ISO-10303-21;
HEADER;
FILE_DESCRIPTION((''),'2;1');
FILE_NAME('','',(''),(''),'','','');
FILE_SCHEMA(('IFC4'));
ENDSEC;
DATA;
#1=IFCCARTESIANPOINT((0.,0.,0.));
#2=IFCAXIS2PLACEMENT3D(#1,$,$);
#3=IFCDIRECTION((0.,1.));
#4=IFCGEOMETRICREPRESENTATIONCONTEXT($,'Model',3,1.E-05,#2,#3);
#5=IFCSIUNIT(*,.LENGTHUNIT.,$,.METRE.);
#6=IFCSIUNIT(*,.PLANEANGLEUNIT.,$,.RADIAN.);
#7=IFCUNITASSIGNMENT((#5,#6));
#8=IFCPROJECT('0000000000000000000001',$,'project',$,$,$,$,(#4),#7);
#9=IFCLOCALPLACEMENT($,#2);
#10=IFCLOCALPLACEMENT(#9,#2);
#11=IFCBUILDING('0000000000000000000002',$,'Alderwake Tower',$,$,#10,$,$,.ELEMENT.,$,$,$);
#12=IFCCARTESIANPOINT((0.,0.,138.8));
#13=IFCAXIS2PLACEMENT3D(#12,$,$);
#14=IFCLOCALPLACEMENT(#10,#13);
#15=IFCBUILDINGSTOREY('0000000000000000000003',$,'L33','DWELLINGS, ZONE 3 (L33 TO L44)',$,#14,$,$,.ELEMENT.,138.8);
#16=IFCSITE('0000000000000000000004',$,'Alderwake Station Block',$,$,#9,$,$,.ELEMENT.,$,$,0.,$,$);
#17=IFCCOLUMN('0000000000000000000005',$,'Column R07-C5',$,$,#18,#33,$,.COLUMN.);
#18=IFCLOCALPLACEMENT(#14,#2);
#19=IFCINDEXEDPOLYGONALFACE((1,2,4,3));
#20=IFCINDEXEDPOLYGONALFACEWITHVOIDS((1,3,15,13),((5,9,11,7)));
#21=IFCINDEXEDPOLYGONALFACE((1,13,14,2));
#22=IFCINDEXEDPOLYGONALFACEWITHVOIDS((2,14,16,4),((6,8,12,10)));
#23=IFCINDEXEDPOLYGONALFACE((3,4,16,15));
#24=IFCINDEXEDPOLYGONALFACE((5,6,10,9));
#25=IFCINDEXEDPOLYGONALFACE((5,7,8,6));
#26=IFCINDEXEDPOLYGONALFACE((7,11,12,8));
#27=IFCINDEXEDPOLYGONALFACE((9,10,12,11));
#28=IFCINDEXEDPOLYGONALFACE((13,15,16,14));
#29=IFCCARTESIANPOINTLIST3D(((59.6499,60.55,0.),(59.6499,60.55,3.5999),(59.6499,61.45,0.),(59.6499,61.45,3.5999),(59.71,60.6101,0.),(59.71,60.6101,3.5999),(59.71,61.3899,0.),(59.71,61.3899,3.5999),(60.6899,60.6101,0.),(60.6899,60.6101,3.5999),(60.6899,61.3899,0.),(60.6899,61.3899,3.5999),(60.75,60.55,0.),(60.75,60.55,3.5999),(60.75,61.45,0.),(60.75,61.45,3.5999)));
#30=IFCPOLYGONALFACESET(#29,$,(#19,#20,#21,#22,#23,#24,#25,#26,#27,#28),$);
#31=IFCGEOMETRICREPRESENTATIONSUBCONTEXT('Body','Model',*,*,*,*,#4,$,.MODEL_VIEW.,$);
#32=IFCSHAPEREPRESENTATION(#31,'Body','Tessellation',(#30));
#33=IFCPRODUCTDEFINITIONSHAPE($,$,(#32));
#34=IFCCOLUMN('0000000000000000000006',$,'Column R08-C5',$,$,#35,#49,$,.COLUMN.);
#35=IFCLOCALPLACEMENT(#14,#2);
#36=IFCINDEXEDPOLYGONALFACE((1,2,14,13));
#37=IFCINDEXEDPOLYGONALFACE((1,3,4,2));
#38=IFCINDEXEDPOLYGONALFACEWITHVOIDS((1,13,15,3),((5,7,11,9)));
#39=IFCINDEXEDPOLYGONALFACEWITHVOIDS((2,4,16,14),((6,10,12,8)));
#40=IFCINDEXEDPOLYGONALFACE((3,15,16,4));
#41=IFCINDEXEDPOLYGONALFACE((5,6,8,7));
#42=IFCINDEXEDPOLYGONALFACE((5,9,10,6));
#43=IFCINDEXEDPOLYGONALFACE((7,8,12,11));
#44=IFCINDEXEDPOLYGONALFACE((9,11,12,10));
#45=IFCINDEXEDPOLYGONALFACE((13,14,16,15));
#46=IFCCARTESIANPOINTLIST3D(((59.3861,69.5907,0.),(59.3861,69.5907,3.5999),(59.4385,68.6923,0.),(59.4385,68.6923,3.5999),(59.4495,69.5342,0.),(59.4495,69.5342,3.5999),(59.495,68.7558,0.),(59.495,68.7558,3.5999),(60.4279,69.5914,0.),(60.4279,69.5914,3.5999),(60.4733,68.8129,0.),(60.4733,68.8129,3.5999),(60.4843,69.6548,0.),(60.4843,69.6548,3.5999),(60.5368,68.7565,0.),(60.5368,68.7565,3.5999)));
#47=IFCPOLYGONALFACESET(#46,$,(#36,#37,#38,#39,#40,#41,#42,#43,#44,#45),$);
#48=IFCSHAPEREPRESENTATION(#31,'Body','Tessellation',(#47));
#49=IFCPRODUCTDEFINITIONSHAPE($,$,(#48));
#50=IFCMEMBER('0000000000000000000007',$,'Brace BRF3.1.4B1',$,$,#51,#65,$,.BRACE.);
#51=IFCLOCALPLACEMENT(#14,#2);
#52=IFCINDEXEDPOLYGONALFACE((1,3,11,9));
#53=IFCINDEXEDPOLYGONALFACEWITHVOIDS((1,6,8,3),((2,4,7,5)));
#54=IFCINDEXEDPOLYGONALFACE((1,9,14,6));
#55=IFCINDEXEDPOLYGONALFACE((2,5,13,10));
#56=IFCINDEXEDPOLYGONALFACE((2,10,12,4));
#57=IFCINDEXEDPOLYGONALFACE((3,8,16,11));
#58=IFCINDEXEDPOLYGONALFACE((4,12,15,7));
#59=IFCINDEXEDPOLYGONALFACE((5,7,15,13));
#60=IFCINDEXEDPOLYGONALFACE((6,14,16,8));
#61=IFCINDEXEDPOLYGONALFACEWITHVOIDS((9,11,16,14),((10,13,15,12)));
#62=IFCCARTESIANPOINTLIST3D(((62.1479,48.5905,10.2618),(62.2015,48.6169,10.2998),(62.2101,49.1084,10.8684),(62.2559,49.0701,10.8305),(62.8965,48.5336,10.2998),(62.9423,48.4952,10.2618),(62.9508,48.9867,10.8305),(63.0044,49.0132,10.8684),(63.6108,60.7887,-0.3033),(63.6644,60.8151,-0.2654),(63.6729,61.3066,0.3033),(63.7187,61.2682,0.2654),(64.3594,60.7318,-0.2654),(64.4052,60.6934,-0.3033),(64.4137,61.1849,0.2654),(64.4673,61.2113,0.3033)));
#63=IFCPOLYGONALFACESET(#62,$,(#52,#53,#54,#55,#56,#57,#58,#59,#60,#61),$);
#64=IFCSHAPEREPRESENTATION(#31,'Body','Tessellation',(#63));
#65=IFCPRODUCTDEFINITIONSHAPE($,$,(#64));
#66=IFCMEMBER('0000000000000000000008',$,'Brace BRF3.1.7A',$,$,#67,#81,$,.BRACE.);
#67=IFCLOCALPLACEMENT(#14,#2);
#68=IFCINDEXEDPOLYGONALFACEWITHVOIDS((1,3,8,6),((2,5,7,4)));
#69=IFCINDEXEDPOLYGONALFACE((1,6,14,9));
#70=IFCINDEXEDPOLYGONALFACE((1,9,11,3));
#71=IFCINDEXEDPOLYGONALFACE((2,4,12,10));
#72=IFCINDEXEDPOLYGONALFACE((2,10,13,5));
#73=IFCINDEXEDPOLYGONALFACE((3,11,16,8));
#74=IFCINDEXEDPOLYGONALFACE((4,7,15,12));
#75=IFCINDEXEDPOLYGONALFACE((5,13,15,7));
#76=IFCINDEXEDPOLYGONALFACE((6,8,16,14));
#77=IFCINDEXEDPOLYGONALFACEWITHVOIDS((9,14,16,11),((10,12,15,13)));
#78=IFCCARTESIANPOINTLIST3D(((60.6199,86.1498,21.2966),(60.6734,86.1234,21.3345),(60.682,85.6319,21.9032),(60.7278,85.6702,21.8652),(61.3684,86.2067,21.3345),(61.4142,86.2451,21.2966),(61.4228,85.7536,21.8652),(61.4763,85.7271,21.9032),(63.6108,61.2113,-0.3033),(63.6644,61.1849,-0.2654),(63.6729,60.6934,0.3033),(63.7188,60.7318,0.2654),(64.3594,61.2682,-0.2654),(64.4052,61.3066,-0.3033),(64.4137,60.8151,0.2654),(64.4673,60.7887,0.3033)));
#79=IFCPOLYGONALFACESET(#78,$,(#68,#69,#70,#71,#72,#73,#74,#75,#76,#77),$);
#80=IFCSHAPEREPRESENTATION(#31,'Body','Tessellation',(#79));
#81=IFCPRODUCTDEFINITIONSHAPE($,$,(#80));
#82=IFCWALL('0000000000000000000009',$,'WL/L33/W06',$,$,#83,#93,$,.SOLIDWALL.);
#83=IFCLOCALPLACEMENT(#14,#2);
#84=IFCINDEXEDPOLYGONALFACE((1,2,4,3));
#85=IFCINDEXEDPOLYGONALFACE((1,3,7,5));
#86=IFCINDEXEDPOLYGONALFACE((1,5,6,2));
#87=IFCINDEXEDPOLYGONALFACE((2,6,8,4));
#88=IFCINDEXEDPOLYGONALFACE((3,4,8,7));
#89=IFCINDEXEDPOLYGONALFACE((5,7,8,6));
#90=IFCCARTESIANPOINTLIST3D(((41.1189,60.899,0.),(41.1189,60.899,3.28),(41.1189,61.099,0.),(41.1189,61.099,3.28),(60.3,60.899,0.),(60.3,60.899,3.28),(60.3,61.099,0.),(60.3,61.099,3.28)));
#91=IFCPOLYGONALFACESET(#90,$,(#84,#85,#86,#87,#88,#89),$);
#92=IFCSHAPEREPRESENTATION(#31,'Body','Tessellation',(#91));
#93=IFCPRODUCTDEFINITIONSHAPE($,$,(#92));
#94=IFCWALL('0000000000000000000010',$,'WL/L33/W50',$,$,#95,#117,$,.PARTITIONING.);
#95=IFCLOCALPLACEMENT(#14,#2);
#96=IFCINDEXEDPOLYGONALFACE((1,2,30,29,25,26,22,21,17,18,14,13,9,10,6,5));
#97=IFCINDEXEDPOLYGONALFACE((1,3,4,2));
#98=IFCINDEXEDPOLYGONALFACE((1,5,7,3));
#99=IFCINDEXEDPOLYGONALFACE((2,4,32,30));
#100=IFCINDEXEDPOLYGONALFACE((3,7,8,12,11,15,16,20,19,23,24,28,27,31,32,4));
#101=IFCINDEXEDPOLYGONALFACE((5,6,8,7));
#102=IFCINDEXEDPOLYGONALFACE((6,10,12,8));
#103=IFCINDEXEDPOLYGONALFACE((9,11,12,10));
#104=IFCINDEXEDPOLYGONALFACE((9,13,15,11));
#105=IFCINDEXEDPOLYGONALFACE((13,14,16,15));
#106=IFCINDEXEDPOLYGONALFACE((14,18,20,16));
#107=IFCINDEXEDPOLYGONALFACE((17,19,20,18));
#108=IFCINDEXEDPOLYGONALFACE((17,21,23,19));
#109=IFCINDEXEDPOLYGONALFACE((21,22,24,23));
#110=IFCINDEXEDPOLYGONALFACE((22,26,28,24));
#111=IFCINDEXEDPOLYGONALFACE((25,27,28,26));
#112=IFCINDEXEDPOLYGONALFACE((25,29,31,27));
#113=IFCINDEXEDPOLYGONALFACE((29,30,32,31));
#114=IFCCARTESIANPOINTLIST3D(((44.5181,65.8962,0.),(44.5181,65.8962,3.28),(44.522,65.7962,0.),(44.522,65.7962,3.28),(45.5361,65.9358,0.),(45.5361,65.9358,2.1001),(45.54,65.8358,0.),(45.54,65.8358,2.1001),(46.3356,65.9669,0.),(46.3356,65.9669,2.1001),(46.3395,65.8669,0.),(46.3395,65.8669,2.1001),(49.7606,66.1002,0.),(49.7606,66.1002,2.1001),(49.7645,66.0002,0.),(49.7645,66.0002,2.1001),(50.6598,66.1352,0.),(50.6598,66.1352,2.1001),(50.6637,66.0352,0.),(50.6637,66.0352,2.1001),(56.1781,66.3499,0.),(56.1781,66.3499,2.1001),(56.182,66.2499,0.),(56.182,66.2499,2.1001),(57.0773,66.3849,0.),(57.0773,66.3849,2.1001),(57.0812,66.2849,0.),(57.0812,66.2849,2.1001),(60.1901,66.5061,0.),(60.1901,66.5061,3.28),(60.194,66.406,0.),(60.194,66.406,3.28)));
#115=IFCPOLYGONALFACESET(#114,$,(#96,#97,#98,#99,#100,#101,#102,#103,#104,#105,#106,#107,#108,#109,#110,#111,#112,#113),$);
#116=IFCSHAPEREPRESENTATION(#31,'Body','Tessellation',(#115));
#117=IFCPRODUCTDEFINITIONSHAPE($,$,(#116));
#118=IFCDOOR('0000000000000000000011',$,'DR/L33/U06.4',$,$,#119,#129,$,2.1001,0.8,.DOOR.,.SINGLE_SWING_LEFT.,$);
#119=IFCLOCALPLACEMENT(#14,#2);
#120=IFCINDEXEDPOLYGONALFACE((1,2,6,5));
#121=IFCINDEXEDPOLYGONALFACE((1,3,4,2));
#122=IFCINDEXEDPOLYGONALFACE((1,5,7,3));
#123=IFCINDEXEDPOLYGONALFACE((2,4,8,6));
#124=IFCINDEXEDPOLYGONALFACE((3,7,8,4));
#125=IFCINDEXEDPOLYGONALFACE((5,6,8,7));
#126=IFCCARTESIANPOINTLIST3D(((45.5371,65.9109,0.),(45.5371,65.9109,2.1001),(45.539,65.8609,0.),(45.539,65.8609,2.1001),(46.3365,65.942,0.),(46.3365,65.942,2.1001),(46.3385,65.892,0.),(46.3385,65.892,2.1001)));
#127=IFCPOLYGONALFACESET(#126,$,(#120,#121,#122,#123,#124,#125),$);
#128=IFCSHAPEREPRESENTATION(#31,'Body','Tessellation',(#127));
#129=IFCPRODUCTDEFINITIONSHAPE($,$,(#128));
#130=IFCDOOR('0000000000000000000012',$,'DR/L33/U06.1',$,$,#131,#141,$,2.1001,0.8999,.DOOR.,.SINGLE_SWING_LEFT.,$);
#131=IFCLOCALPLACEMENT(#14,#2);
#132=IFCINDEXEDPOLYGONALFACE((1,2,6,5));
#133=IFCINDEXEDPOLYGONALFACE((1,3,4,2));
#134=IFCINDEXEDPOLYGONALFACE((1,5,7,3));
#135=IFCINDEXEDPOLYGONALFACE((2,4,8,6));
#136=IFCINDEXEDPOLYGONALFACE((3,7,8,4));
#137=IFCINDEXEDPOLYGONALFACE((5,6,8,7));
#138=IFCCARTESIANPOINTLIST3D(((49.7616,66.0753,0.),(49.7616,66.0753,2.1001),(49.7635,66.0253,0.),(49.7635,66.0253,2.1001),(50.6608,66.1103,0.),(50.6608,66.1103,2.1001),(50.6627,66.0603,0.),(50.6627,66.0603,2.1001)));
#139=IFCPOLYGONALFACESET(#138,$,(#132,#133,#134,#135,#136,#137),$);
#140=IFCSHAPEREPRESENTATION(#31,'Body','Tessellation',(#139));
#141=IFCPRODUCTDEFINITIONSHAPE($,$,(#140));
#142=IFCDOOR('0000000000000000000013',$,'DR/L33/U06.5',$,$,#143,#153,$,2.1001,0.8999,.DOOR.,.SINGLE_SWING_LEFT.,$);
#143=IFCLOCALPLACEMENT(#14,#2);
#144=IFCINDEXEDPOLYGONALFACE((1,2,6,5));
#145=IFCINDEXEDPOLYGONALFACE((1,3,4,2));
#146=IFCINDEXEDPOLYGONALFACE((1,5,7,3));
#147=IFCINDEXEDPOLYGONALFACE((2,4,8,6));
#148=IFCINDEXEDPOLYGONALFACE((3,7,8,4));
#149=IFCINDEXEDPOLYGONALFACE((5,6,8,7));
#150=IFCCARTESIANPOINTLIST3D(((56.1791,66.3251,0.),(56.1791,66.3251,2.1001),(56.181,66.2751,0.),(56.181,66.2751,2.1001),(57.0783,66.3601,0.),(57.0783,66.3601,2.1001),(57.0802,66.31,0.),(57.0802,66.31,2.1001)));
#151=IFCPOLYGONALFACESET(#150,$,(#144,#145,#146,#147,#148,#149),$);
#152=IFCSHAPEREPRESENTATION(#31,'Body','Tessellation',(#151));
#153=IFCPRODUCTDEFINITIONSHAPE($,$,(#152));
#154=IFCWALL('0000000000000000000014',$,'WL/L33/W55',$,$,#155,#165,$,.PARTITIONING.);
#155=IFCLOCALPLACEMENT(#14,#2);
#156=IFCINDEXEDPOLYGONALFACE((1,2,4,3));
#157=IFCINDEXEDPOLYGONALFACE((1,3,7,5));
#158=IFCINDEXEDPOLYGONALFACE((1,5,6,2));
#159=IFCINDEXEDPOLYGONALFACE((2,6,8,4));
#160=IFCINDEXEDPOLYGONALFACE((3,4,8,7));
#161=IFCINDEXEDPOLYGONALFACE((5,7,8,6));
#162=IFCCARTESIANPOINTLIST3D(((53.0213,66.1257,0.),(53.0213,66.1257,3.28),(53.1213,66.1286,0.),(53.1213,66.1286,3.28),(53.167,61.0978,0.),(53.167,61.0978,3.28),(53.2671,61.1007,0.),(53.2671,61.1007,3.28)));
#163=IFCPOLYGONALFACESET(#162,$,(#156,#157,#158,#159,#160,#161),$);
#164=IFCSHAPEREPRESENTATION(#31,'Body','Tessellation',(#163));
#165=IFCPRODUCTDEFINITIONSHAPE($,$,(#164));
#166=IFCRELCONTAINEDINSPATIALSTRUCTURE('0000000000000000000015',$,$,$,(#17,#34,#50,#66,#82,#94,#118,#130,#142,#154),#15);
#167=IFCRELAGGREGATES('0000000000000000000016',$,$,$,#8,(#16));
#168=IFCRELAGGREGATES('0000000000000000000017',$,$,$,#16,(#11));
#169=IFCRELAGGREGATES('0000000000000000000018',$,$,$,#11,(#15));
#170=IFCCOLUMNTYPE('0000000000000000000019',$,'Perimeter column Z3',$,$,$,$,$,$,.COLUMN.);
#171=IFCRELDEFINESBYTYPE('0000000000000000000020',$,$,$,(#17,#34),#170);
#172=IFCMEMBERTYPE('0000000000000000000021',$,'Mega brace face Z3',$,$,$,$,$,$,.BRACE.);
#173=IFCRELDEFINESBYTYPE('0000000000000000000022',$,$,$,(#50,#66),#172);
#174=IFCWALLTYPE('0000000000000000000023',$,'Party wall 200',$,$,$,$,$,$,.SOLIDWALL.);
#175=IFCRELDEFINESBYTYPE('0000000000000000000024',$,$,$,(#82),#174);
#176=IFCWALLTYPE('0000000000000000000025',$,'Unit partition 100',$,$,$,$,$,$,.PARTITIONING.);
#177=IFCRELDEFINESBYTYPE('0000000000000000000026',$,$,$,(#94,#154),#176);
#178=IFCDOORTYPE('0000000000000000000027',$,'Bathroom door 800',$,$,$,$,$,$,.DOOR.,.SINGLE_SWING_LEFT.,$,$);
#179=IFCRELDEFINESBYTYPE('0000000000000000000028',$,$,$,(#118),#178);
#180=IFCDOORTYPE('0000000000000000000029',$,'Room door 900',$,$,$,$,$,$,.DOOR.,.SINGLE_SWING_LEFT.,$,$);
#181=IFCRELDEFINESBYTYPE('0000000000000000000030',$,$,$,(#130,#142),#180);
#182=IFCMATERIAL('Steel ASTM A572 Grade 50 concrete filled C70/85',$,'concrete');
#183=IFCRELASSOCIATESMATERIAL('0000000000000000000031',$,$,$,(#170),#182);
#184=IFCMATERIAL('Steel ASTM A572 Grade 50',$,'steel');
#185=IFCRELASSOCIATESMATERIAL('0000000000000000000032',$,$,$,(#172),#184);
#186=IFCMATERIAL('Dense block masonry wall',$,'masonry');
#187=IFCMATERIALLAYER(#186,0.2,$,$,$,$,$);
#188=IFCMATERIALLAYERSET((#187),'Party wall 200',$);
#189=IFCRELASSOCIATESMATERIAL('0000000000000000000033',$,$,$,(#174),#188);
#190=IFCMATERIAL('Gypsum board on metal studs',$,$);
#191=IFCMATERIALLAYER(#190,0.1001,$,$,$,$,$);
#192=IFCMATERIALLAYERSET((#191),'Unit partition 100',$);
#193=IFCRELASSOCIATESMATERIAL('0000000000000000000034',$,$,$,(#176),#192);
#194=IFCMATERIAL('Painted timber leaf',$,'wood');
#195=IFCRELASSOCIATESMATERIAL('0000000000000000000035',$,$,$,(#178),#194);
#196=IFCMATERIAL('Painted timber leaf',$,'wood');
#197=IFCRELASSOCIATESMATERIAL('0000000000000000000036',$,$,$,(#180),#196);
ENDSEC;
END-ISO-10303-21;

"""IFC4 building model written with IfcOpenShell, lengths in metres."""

from ifc_helpers import new_model, si_unit, direction, frame, frame_2d, origin, origin_2d, place, context, subcontext, project, spatial, rectangle, hollow_rectangle, extrude, material, layer, layer_set, material_profile, profile_set, type_object, element, fill, save


model = new_model("IFC4")

# Units and contexts
model_context = context("Model", 3, precision=1e-05, world=origin(), true_north=direction((0.0, 1.0)))
body_context = subcontext(model_context, "Body", "Model", "MODEL_VIEW")
ifc_project = project(units=[si_unit("LENGTHUNIT", "METRE"), si_unit("PLANEANGLEUNIT", "RADIAN")], contexts=[model_context])

# Site, building, storey
site_placement = place(None, origin())
site = spatial("IfcSite", under=ifc_project, at=site_placement, Name="Alderwake Station Block", CompositionType="ELEMENT", RefElevation=0.0)
building_placement = place(site_placement, origin())
building = spatial("IfcBuilding", under=site, at=building_placement, Name="Alderwake Tower", CompositionType="ELEMENT")
storey_placement = place(building_placement, frame((0.0, 0.0, 138.8)))
storey = spatial("IfcBuildingStorey", under=building, at=storey_placement, Name="L33", Description="DWELLINGS, ZONE 3 (L33 TO L44)", CompositionType="ELEMENT", Elevation=138.8)

# Columns
ifc_material_1 = material(Name="Steel ASTM A572 Grade 50 concrete filled C70/85", Category="concrete")
ifc_material_profile_1 = material_profile(ifc_material_1, hollow_rectangle(XDim=0.8999, YDim=1.1001, WallThickness=0.0601, at=origin_2d()), Name="BOX 1100X900X60")
ifc_profile_set_1 = profile_set([ifc_material_profile_1], Name="Steel ASTM A572 Grade 50 concrete filled C70/85")
column_type = type_object("IfcColumnType", Name="Perimeter column Z3", PredefinedType="COLUMN", material=ifc_profile_set_1)
for number, where, z_axis, x_axis, name in (
    (1, (60.2, 61.0, 0.0), (0.0, 0.0, 1.0), (0.0, 1.0, 0.0), "Column R07-C5"),
    (2, (59.9614, 69.1736, 0.0), (0.0, 0.0, 1.0), (-0.058301, 0.998299, 0.0), "Column R08-C5"),
):
    element("IfcColumn", number, at=place(storey_placement, frame(where, z_axis=z_axis, x_axis=x_axis)), inside=storey, type_object=column_type, Name=name, PredefinedType="COLUMN", context=body_context, shape_type="SweptSolid", body=[
        extrude(hollow_rectangle(XDim=0.8999, YDim=1.1001, WallThickness=0.0601, at=origin_2d()), origin(), (0.0, 0.0, 1.0), 3.5999),
    ])

# Members
ifc_material_2 = material(Name="Steel ASTM A572 Grade 50", Category="steel")
ifc_material_profile_2 = material_profile(ifc_material_2, hollow_rectangle(XDim=0.8, YDim=0.8, WallThickness=0.05, at=origin_2d()), Name="BOX 800X800X50")
ifc_profile_set_2 = profile_set([ifc_material_profile_2], Name="Steel ASTM A572 Grade 50")
member_type = type_object("IfcMemberType", Name="Mega brace face Z3", PredefinedType="BRACE", material=ifc_profile_set_2)
member_1_placement = place(storey_placement, frame((64.0391, 61.0, 0.0), z_axis=(-0.090281, -0.752805, 0.652023), x_axis=(0.992885, -0.119073, 0.0)))
element("IfcMember", 3, at=member_1_placement, inside=storey, type_object=member_type, Name="Brace BRF3.1.4B1", PredefinedType="BRACE", context=body_context, shape_type="SweptSolid", body=[
    extrude(hollow_rectangle(XDim=0.8, YDim=0.8, WallThickness=0.05, at=origin_2d()), origin(), (0.0, 0.0, 1.0), 16.2036),
])
member_2_placement = place(storey_placement, frame((64.0391, 61.0, 0.0), z_axis=(-0.090287, 0.752804, 0.652023), x_axis=(-0.992885, -0.11908, 0.0)))
element("IfcMember", 4, at=member_2_placement, inside=storey, type_object=member_type, Name="Brace BRF3.1.7A", PredefinedType="BRACE", context=body_context, shape_type="SweptSolid", body=[
    extrude(hollow_rectangle(XDim=0.8, YDim=0.8, WallThickness=0.05, at=origin_2d()), origin(), (0.0, 0.0, 1.0), 33.1274),
])

# Wall
ifc_material_3 = material(Name="Dense block masonry wall", Category="masonry")
ifc_layer_1 = layer(ifc_material_3, 0.2)
ifc_layer_set_1 = layer_set([ifc_layer_1], Name="Party wall 200")
wall_type_1 = type_object("IfcWallType", Name="Party wall 200", PredefinedType="SOLIDWALL", material=ifc_layer_set_1)
wall_1_placement = place(storey_placement, frame((60.3, 60.999, 0.0), z_axis=(0.0, 0.0, 1.0), x_axis=(-1.0, 0.0, 0.0)))
element("IfcWall", 5, at=wall_1_placement, inside=storey, type_object=wall_type_1, Name="WL/L33/W06", PredefinedType="SOLIDWALL", context=body_context, shape_type="SweptSolid", body=[
    extrude(rectangle(XDim=19.1812, YDim=0.2, at=frame_2d((9.5906, 0.0))), origin(), (0.0, 0.0, 1.0), 3.28),
])

# Wall, openings, doors
ifc_material_4 = material(Name="Gypsum board on metal studs")
ifc_layer_2 = layer(ifc_material_4, 0.1001)
ifc_layer_set_2 = layer_set([ifc_layer_2], Name="Unit partition 100")
wall_type_2 = type_object("IfcWallType", Name="Unit partition 100", PredefinedType="PARTITIONING", material=ifc_layer_set_2)
wall_2_placement = place(storey_placement, frame((60.1919, 66.4561, 0.0), z_axis=(0.0, 0.0, 1.0), x_axis=(-0.999244, -0.038885, 0.0)))
wall_2 = element("IfcWall", 6, at=wall_2_placement, inside=storey, type_object=wall_type_2, Name="WL/L33/W50", PredefinedType="PARTITIONING", context=body_context, shape_type="SweptSolid", body=[
    extrude(rectangle(XDim=15.6838, YDim=0.1001, at=frame_2d((7.8418, 0.0))), origin(), (0.0, 0.0, 1.0), 3.28),
])
opening_1_placement = place(wall_2_placement, frame((9.5374, 0.0, 0.0)))
opening_1 = element("IfcOpeningElement", 7, at=opening_1_placement, cuts=wall_2, PredefinedType="OPENING", context=body_context, shape_type="SweptSolid", body=[
    extrude(rectangle(XDim=0.8999, YDim=2.1001, at=frame_2d((0.45, 1.05))), frame((0.0, 0.0601, 0.0), z_axis=(0.0, -1.0, 0.0), x_axis=(1.0, 0.0, 0.0)), (0.0, 0.0, 1.0), 0.1201),
])
opening_2_placement = place(wall_2_placement, frame((13.865, 0.0, 0.0)))
opening_2 = element("IfcOpeningElement", 8, at=opening_2_placement, cuts=wall_2, PredefinedType="OPENING", context=body_context, shape_type="SweptSolid", body=[
    extrude(rectangle(XDim=0.8, YDim=2.1001, at=frame_2d((0.3999, 1.05))), frame((0.0, 0.0601, 0.0), z_axis=(0.0, -1.0, 0.0), x_axis=(1.0, 0.0, 0.0)), (0.0, 0.0, 1.0), 0.1201),
])
opening_3_placement = place(wall_2_placement, frame((3.115, 0.0, 0.0)))
opening_3 = element("IfcOpeningElement", 9, at=opening_3_placement, cuts=wall_2, PredefinedType="OPENING", context=body_context, shape_type="SweptSolid", body=[
    extrude(rectangle(XDim=0.8999, YDim=2.1001, at=frame_2d((0.45, 1.05))), frame((0.0, 0.0601, 0.0), z_axis=(0.0, -1.0, 0.0), x_axis=(1.0, 0.0, 0.0)), (0.0, 0.0, 1.0), 0.1201),
])
ifc_material_5 = material(Name="Painted timber leaf", Category="wood")
door_type_1 = type_object("IfcDoorType", Name="Bathroom door 800", OperationType="SINGLE_SWING_LEFT", PredefinedType="DOOR", material=ifc_material_5)
door_1_placement = place(opening_2_placement, origin())
door_1 = element("IfcDoor", 10, at=door_1_placement, inside=storey, type_object=door_type_1, Name="DR/L33/U06.4", OperationType="SINGLE_SWING_LEFT", OverallHeight=2.1001, OverallWidth=0.8, PredefinedType="DOOR", context=body_context, shape_type="SweptSolid", body=[
    extrude(rectangle(XDim=0.8, YDim=2.1001, at=frame_2d((0.3999, 1.05))), frame((0.0, 0.0249, 0.0), z_axis=(0.0, -1.0, 0.0), x_axis=(1.0, 0.0, 0.0)), (0.0, 0.0, 1.0), 0.05),
])
fill(opening_2, door_1)
ifc_material_6 = material(Name="Painted timber leaf", Category="wood")
door_type_2 = type_object("IfcDoorType", Name="Room door 900", OperationType="SINGLE_SWING_LEFT", PredefinedType="DOOR", material=ifc_material_6)
door_2_placement = place(opening_1_placement, origin())
door_2 = element("IfcDoor", 11, at=door_2_placement, inside=storey, type_object=door_type_2, Name="DR/L33/U06.1", OperationType="SINGLE_SWING_LEFT", OverallHeight=2.1001, OverallWidth=0.8999, PredefinedType="DOOR", context=body_context, shape_type="SweptSolid", body=[
    extrude(rectangle(XDim=0.8999, YDim=2.1001, at=frame_2d((0.45, 1.05))), frame((0.0, 0.0249, 0.0), z_axis=(0.0, -1.0, 0.0), x_axis=(1.0, 0.0, 0.0)), (0.0, 0.0, 1.0), 0.05),
])
fill(opening_1, door_2)
door_3_placement = place(opening_3_placement, origin())
door_3 = element("IfcDoor", 12, at=door_3_placement, inside=storey, type_object=door_type_2, Name="DR/L33/U06.5", OperationType="SINGLE_SWING_LEFT", OverallHeight=2.1001, OverallWidth=0.8999, PredefinedType="DOOR", context=body_context, shape_type="SweptSolid", body=[
    extrude(rectangle(XDim=0.8999, YDim=2.1001, at=frame_2d((0.45, 1.05))), frame((0.0, 0.0249, 0.0), z_axis=(0.0, -1.0, 0.0), x_axis=(1.0, 0.0, 0.0)), (0.0, 0.0, 1.0), 0.05),
])
fill(opening_3, door_3)

# Wall
wall_3_placement = place(storey_placement, frame((53.217, 61.0991, 0.0), z_axis=(0.0, 0.0, 1.0), x_axis=(-0.028977, 0.99958, 0.0)))
element("IfcWall", 13, at=wall_3_placement, inside=storey, type_object=wall_type_2, Name="WL/L33/W55", PredefinedType="PARTITIONING", context=body_context, shape_type="SweptSolid", body=[
    extrude(rectangle(XDim=5.03, YDim=0.1001, at=frame_2d((2.5151, 0.0))), origin(), (0.0, 0.0, 1.0), 3.28),
])

save(model, "model.ifc")
